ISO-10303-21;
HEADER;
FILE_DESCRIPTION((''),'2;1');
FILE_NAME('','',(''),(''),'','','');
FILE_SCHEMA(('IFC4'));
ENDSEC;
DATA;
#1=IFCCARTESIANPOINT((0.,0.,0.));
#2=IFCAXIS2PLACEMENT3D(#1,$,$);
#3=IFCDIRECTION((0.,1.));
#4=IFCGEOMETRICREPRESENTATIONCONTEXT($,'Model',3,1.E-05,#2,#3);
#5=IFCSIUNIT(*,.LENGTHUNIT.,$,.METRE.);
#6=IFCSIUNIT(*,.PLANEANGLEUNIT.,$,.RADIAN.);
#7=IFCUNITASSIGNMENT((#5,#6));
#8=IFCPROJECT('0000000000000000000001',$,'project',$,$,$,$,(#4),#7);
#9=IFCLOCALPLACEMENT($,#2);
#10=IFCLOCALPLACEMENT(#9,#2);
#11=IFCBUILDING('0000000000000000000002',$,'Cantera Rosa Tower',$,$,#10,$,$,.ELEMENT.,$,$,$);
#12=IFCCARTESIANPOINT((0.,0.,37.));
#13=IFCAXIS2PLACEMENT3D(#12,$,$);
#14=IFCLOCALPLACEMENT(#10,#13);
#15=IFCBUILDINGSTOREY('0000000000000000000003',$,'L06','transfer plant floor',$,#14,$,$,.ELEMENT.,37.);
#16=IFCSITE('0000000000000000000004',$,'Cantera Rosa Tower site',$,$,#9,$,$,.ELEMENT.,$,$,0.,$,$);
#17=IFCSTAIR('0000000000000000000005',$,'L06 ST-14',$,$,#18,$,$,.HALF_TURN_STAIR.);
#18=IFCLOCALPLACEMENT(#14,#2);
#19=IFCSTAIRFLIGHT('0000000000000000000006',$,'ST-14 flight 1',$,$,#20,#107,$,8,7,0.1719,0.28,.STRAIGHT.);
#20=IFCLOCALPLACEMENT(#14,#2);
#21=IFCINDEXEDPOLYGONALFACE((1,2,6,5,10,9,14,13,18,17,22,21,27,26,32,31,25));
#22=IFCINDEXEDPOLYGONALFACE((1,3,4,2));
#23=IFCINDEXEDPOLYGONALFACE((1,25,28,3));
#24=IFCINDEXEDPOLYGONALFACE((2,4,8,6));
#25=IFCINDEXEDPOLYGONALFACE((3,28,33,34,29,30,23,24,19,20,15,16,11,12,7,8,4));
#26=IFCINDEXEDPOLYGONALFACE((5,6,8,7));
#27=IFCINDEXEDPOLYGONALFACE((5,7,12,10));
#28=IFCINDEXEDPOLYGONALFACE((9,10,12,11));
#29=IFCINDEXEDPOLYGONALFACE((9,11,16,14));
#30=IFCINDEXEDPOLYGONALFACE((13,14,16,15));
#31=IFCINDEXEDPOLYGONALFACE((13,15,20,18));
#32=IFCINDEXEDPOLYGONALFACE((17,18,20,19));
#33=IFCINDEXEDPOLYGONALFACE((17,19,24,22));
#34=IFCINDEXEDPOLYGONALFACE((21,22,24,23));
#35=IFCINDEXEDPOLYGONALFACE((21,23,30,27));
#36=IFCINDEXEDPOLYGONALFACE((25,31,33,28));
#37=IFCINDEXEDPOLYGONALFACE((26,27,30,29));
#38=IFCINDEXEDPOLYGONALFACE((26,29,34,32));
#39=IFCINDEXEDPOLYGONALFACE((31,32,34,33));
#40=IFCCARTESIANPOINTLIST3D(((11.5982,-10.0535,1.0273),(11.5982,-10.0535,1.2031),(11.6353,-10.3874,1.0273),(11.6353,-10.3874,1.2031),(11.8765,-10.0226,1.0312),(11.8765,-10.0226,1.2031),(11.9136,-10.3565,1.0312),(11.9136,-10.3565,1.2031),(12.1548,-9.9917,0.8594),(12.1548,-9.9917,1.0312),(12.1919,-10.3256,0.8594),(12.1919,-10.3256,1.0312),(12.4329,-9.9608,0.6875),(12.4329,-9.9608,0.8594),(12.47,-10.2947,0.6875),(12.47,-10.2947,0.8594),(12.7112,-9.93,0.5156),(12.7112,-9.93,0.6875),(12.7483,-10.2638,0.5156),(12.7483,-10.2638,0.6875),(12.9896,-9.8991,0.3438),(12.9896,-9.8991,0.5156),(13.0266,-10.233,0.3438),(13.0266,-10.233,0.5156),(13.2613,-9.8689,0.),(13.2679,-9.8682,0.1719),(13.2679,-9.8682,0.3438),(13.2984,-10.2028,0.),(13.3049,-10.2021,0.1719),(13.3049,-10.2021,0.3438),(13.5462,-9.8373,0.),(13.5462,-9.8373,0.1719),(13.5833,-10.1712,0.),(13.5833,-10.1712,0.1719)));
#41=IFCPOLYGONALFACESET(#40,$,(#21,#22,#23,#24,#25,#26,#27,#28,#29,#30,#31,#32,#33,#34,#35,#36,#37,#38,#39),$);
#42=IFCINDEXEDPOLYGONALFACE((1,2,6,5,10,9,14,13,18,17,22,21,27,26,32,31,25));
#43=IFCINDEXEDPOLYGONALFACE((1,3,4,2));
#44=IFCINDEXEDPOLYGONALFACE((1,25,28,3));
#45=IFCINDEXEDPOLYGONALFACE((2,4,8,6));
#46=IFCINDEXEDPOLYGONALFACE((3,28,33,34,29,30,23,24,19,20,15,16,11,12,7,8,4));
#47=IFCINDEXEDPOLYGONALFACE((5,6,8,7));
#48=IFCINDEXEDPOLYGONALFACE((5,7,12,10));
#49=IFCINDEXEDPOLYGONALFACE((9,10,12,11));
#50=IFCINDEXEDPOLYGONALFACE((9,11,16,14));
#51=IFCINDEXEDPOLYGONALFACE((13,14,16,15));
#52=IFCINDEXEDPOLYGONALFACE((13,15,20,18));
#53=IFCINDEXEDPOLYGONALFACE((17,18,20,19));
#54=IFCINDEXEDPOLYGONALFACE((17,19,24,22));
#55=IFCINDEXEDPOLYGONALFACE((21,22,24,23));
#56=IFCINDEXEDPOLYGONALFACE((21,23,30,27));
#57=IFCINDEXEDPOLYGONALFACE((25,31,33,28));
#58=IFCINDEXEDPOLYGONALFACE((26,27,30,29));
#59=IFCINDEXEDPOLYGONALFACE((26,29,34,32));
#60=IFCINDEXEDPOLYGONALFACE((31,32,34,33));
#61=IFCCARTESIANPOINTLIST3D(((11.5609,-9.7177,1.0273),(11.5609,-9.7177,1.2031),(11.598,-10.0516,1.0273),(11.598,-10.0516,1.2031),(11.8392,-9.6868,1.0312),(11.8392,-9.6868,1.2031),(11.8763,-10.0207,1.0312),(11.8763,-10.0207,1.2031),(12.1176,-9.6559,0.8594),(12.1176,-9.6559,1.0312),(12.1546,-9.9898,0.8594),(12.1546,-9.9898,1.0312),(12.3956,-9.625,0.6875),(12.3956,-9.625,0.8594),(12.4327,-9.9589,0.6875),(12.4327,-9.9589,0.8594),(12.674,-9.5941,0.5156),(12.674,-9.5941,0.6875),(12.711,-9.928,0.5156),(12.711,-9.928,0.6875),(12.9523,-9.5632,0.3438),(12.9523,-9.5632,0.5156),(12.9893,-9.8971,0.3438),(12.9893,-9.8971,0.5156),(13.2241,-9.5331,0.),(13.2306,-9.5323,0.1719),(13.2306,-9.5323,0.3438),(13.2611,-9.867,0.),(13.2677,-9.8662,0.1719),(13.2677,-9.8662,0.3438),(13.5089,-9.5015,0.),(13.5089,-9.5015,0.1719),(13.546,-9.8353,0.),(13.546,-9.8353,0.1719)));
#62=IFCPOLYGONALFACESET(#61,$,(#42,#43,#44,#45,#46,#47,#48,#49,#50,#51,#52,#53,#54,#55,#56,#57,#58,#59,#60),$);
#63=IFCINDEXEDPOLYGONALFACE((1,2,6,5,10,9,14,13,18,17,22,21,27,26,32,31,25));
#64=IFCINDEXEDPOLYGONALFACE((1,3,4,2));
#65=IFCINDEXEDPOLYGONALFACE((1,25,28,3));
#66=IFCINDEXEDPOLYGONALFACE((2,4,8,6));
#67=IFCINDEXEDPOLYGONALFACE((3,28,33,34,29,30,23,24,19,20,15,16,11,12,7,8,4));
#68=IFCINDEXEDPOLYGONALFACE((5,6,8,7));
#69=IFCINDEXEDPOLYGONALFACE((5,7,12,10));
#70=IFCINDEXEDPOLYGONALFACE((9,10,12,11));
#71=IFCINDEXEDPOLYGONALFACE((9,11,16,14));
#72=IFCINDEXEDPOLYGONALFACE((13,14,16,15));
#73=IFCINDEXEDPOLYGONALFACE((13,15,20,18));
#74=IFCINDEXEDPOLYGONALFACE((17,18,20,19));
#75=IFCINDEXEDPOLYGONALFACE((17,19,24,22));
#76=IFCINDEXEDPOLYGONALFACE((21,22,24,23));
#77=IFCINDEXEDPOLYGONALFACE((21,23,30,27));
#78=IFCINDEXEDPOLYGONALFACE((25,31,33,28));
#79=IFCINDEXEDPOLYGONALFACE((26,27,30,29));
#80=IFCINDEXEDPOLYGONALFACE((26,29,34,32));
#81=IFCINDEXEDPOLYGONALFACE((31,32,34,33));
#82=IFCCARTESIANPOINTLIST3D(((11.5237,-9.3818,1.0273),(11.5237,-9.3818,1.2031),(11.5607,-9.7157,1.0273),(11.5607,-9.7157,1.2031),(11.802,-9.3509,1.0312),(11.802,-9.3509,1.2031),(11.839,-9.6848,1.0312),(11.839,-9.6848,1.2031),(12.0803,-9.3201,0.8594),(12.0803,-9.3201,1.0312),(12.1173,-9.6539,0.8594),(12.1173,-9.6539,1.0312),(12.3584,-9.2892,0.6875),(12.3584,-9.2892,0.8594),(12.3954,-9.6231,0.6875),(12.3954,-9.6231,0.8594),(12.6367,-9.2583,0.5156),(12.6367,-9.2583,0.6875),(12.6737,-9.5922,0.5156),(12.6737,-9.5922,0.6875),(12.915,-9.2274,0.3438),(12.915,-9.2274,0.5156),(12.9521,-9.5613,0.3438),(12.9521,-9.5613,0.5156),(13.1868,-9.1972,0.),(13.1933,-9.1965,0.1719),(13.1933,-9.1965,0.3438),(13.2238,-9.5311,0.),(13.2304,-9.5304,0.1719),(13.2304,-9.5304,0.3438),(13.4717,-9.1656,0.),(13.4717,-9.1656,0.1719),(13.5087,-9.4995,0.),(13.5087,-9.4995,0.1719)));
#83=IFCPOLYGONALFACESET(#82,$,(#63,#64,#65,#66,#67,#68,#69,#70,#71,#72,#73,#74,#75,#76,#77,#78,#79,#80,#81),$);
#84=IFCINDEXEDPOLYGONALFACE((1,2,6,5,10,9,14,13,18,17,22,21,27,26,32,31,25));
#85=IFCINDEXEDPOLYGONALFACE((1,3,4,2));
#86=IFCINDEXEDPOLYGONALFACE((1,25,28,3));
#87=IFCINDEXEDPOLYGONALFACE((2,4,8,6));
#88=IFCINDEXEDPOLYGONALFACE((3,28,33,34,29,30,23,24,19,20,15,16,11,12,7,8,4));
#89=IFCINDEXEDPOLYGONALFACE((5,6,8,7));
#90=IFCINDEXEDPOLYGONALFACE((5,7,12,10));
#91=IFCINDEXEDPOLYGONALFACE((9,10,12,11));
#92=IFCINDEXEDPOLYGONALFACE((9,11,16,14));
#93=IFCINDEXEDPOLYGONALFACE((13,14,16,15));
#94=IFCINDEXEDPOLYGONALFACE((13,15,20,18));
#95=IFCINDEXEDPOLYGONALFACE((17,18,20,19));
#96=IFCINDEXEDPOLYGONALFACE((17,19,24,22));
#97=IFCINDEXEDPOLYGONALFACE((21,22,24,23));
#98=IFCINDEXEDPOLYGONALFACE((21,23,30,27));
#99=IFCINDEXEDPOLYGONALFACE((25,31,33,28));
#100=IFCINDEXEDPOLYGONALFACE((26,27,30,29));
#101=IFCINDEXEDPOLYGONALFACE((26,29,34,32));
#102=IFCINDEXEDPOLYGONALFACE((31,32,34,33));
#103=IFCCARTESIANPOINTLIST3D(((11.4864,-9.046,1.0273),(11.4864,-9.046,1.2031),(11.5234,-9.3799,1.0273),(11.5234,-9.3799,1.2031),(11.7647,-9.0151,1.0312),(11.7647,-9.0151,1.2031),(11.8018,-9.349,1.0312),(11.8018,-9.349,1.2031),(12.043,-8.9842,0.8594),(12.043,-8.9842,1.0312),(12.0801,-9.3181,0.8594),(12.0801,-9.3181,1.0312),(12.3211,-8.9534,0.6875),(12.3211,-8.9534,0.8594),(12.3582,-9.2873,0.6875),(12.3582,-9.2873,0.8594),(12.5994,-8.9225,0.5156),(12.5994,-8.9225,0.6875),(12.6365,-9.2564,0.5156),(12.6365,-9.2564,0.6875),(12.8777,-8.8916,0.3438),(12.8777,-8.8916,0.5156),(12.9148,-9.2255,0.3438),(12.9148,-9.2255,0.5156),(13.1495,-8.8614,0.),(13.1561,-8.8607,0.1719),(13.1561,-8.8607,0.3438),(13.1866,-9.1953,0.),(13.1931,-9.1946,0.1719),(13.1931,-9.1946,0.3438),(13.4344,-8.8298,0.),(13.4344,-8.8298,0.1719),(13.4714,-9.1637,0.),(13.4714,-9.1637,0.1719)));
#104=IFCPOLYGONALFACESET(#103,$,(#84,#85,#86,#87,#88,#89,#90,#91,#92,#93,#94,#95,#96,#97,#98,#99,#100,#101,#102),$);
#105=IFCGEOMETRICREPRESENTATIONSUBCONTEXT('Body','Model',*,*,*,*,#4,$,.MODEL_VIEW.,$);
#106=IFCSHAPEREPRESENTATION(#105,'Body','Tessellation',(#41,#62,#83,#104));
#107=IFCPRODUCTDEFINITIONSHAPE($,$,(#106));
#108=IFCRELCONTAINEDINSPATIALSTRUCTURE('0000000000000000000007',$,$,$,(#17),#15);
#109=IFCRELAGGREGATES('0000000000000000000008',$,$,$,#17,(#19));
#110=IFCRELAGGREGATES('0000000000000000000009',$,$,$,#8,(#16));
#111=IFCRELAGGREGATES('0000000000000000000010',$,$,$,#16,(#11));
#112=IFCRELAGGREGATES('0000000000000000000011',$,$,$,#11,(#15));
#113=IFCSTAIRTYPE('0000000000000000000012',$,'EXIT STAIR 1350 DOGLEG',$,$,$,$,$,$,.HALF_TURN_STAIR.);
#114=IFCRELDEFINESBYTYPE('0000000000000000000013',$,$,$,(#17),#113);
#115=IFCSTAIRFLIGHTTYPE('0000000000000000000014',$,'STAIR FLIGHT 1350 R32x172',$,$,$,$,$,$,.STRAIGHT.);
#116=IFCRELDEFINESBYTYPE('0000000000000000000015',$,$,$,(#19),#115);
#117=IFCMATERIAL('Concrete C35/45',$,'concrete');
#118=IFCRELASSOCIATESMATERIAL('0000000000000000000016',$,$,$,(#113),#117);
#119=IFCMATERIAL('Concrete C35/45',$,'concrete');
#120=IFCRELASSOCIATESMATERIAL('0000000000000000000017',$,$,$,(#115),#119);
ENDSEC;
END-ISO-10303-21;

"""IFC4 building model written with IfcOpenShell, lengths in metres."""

from ifc_helpers import new_model, si_unit, direction, frame, origin, place, context, subcontext, project, spatial, polyline, outline, extrude, material, type_object, element, aggregate, save


model = new_model("IFC4")

# Units and contexts
model_context = context("Model", 3, precision=1e-05, world=origin(), true_north=direction((0.0, 1.0)))
body_context = subcontext(model_context, "Body", "Model", "MODEL_VIEW")
ifc_project = project(units=[si_unit("LENGTHUNIT", "METRE"), si_unit("PLANEANGLEUNIT", "RADIAN")], contexts=[model_context])

# Site, building, storey
site_placement = place(None, origin())
site = spatial("IfcSite", under=ifc_project, at=site_placement, Name="Cantera Rosa Tower site", CompositionType="ELEMENT", RefElevation=0.0)
building_placement = place(site_placement, origin())
building = spatial("IfcBuilding", under=site, at=building_placement, Name="Cantera Rosa Tower", CompositionType="ELEMENT")
storey_placement = place(building_placement, frame((0.0, 0.0, 37.0)))
storey = spatial("IfcBuildingStorey", under=building, at=storey_placement, Name="L06", Description="transfer plant floor", CompositionType="ELEMENT", Elevation=37.0)

# Stair, stair flight
ifc_material_1 = material(Name="Concrete C35/45", Category="concrete")
stair_type = type_object("IfcStairType", Name="EXIT STAIR 1350 DOGLEG", PredefinedType="HALF_TURN_STAIR", material=ifc_material_1)
stair_placement = place(storey_placement, origin())
stair = element("IfcStair", 1, at=stair_placement, inside=storey, type_object=stair_type, Name="L06 ST-14", PredefinedType="HALF_TURN_STAIR")
ifc_material_2 = material(Name="Concrete C35/45", Category="concrete")
stair_flight_type = type_object("IfcStairFlightType", Name="STAIR FLIGHT 1350 R32x172", PredefinedType="STRAIGHT", material=ifc_material_2)
stair_flight_1_placement = place(storey_placement, frame((13.5088, -9.5002, 0.0), z_axis=(0.0, 0.0, 1.0), x_axis=(-0.993897, -0.110313, 0.0)))
stair_flight_1 = element("IfcStairFlight", 2, at=stair_flight_1_placement, type_object=stair_flight_type, Name="ST-14 flight 1", NumberOfRisers=8, NumberOfTreads=7, PredefinedType="STRAIGHT", RiserHeight=0.1719, TreadLength=0.28, context=body_context, shape_type="SweptSolid", body=[
    extrude(outline(polyline([(0.0, 0.0), (0.0, 0.1719), (0.28, 0.1719), (0.28, 0.3438), (0.5601, 0.3438), (0.5601, 0.5156), (0.8401, 0.5156), (0.8401, 0.6875), (1.1201, 0.6875), (1.1201, 0.8594), (1.3999, 0.8594), (1.3999, 1.0312), (1.6799, 1.0312), (1.6799, 1.2031), (1.96, 1.2031), (1.96, 1.375), (1.96, 1.0273), (0.2866, 0.0), (0.0, 0.0)])), frame((0.0, 0.675, 0.0), z_axis=(0.0, -1.0, 0.0), x_axis=(1.0, 0.0, 0.0)), (0.0, 0.0, 1.0), 0.3359),
    extrude(outline(polyline([(0.0, 0.0), (0.0, 0.1719), (0.28, 0.1719), (0.28, 0.3438), (0.5601, 0.3438), (0.5601, 0.5156), (0.8401, 0.5156), (0.8401, 0.6875), (1.1201, 0.6875), (1.1201, 0.8594), (1.3999, 0.8594), (1.3999, 1.0312), (1.6799, 1.0312), (1.6799, 1.2031), (1.96, 1.2031), (1.96, 1.375), (1.96, 1.0273), (0.2866, 0.0), (0.0, 0.0)])), frame((0.0, 0.3372, 0.0), z_axis=(0.0, -1.0, 0.0), x_axis=(1.0, 0.0, 0.0)), (0.0, 0.0, 1.0), 0.3359),
    extrude(outline(polyline([(0.0, 0.0), (0.0, 0.1719), (0.28, 0.1719), (0.28, 0.3438), (0.5601, 0.3438), (0.5601, 0.5156), (0.8401, 0.5156), (0.8401, 0.6875), (1.1201, 0.6875), (1.1201, 0.8594), (1.3999, 0.8594), (1.3999, 1.0312), (1.6799, 1.0312), (1.6799, 1.2031), (1.96, 1.2031), (1.96, 1.375), (1.96, 1.0273), (0.2866, 0.0), (0.0, 0.0)])), frame((0.0, -0.0007, 0.0), z_axis=(0.0, -1.0, 0.0), x_axis=(1.0, 0.0, 0.0)), (0.0, 0.0, 1.0), 0.3359),
    extrude(outline(polyline([(0.0, 0.0), (0.0, 0.1719), (0.28, 0.1719), (0.28, 0.3438), (0.5601, 0.3438), (0.5601, 0.5156), (0.8401, 0.5156), (0.8401, 0.6875), (1.1201, 0.6875), (1.1201, 0.8594), (1.3999, 0.8594), (1.3999, 1.0312), (1.6799, 1.0312), (1.6799, 1.2031), (1.96, 1.2031), (1.96, 1.375), (1.96, 1.0273), (0.2866, 0.0), (0.0, 0.0)])), frame((0.0, -0.3386, 0.0), z_axis=(0.0, -1.0, 0.0), x_axis=(1.0, 0.0, 0.0)), (0.0, 0.0, 1.0), 0.3359),
])
aggregate(stair, [stair_flight_1])

save(model, "model.ifc")
